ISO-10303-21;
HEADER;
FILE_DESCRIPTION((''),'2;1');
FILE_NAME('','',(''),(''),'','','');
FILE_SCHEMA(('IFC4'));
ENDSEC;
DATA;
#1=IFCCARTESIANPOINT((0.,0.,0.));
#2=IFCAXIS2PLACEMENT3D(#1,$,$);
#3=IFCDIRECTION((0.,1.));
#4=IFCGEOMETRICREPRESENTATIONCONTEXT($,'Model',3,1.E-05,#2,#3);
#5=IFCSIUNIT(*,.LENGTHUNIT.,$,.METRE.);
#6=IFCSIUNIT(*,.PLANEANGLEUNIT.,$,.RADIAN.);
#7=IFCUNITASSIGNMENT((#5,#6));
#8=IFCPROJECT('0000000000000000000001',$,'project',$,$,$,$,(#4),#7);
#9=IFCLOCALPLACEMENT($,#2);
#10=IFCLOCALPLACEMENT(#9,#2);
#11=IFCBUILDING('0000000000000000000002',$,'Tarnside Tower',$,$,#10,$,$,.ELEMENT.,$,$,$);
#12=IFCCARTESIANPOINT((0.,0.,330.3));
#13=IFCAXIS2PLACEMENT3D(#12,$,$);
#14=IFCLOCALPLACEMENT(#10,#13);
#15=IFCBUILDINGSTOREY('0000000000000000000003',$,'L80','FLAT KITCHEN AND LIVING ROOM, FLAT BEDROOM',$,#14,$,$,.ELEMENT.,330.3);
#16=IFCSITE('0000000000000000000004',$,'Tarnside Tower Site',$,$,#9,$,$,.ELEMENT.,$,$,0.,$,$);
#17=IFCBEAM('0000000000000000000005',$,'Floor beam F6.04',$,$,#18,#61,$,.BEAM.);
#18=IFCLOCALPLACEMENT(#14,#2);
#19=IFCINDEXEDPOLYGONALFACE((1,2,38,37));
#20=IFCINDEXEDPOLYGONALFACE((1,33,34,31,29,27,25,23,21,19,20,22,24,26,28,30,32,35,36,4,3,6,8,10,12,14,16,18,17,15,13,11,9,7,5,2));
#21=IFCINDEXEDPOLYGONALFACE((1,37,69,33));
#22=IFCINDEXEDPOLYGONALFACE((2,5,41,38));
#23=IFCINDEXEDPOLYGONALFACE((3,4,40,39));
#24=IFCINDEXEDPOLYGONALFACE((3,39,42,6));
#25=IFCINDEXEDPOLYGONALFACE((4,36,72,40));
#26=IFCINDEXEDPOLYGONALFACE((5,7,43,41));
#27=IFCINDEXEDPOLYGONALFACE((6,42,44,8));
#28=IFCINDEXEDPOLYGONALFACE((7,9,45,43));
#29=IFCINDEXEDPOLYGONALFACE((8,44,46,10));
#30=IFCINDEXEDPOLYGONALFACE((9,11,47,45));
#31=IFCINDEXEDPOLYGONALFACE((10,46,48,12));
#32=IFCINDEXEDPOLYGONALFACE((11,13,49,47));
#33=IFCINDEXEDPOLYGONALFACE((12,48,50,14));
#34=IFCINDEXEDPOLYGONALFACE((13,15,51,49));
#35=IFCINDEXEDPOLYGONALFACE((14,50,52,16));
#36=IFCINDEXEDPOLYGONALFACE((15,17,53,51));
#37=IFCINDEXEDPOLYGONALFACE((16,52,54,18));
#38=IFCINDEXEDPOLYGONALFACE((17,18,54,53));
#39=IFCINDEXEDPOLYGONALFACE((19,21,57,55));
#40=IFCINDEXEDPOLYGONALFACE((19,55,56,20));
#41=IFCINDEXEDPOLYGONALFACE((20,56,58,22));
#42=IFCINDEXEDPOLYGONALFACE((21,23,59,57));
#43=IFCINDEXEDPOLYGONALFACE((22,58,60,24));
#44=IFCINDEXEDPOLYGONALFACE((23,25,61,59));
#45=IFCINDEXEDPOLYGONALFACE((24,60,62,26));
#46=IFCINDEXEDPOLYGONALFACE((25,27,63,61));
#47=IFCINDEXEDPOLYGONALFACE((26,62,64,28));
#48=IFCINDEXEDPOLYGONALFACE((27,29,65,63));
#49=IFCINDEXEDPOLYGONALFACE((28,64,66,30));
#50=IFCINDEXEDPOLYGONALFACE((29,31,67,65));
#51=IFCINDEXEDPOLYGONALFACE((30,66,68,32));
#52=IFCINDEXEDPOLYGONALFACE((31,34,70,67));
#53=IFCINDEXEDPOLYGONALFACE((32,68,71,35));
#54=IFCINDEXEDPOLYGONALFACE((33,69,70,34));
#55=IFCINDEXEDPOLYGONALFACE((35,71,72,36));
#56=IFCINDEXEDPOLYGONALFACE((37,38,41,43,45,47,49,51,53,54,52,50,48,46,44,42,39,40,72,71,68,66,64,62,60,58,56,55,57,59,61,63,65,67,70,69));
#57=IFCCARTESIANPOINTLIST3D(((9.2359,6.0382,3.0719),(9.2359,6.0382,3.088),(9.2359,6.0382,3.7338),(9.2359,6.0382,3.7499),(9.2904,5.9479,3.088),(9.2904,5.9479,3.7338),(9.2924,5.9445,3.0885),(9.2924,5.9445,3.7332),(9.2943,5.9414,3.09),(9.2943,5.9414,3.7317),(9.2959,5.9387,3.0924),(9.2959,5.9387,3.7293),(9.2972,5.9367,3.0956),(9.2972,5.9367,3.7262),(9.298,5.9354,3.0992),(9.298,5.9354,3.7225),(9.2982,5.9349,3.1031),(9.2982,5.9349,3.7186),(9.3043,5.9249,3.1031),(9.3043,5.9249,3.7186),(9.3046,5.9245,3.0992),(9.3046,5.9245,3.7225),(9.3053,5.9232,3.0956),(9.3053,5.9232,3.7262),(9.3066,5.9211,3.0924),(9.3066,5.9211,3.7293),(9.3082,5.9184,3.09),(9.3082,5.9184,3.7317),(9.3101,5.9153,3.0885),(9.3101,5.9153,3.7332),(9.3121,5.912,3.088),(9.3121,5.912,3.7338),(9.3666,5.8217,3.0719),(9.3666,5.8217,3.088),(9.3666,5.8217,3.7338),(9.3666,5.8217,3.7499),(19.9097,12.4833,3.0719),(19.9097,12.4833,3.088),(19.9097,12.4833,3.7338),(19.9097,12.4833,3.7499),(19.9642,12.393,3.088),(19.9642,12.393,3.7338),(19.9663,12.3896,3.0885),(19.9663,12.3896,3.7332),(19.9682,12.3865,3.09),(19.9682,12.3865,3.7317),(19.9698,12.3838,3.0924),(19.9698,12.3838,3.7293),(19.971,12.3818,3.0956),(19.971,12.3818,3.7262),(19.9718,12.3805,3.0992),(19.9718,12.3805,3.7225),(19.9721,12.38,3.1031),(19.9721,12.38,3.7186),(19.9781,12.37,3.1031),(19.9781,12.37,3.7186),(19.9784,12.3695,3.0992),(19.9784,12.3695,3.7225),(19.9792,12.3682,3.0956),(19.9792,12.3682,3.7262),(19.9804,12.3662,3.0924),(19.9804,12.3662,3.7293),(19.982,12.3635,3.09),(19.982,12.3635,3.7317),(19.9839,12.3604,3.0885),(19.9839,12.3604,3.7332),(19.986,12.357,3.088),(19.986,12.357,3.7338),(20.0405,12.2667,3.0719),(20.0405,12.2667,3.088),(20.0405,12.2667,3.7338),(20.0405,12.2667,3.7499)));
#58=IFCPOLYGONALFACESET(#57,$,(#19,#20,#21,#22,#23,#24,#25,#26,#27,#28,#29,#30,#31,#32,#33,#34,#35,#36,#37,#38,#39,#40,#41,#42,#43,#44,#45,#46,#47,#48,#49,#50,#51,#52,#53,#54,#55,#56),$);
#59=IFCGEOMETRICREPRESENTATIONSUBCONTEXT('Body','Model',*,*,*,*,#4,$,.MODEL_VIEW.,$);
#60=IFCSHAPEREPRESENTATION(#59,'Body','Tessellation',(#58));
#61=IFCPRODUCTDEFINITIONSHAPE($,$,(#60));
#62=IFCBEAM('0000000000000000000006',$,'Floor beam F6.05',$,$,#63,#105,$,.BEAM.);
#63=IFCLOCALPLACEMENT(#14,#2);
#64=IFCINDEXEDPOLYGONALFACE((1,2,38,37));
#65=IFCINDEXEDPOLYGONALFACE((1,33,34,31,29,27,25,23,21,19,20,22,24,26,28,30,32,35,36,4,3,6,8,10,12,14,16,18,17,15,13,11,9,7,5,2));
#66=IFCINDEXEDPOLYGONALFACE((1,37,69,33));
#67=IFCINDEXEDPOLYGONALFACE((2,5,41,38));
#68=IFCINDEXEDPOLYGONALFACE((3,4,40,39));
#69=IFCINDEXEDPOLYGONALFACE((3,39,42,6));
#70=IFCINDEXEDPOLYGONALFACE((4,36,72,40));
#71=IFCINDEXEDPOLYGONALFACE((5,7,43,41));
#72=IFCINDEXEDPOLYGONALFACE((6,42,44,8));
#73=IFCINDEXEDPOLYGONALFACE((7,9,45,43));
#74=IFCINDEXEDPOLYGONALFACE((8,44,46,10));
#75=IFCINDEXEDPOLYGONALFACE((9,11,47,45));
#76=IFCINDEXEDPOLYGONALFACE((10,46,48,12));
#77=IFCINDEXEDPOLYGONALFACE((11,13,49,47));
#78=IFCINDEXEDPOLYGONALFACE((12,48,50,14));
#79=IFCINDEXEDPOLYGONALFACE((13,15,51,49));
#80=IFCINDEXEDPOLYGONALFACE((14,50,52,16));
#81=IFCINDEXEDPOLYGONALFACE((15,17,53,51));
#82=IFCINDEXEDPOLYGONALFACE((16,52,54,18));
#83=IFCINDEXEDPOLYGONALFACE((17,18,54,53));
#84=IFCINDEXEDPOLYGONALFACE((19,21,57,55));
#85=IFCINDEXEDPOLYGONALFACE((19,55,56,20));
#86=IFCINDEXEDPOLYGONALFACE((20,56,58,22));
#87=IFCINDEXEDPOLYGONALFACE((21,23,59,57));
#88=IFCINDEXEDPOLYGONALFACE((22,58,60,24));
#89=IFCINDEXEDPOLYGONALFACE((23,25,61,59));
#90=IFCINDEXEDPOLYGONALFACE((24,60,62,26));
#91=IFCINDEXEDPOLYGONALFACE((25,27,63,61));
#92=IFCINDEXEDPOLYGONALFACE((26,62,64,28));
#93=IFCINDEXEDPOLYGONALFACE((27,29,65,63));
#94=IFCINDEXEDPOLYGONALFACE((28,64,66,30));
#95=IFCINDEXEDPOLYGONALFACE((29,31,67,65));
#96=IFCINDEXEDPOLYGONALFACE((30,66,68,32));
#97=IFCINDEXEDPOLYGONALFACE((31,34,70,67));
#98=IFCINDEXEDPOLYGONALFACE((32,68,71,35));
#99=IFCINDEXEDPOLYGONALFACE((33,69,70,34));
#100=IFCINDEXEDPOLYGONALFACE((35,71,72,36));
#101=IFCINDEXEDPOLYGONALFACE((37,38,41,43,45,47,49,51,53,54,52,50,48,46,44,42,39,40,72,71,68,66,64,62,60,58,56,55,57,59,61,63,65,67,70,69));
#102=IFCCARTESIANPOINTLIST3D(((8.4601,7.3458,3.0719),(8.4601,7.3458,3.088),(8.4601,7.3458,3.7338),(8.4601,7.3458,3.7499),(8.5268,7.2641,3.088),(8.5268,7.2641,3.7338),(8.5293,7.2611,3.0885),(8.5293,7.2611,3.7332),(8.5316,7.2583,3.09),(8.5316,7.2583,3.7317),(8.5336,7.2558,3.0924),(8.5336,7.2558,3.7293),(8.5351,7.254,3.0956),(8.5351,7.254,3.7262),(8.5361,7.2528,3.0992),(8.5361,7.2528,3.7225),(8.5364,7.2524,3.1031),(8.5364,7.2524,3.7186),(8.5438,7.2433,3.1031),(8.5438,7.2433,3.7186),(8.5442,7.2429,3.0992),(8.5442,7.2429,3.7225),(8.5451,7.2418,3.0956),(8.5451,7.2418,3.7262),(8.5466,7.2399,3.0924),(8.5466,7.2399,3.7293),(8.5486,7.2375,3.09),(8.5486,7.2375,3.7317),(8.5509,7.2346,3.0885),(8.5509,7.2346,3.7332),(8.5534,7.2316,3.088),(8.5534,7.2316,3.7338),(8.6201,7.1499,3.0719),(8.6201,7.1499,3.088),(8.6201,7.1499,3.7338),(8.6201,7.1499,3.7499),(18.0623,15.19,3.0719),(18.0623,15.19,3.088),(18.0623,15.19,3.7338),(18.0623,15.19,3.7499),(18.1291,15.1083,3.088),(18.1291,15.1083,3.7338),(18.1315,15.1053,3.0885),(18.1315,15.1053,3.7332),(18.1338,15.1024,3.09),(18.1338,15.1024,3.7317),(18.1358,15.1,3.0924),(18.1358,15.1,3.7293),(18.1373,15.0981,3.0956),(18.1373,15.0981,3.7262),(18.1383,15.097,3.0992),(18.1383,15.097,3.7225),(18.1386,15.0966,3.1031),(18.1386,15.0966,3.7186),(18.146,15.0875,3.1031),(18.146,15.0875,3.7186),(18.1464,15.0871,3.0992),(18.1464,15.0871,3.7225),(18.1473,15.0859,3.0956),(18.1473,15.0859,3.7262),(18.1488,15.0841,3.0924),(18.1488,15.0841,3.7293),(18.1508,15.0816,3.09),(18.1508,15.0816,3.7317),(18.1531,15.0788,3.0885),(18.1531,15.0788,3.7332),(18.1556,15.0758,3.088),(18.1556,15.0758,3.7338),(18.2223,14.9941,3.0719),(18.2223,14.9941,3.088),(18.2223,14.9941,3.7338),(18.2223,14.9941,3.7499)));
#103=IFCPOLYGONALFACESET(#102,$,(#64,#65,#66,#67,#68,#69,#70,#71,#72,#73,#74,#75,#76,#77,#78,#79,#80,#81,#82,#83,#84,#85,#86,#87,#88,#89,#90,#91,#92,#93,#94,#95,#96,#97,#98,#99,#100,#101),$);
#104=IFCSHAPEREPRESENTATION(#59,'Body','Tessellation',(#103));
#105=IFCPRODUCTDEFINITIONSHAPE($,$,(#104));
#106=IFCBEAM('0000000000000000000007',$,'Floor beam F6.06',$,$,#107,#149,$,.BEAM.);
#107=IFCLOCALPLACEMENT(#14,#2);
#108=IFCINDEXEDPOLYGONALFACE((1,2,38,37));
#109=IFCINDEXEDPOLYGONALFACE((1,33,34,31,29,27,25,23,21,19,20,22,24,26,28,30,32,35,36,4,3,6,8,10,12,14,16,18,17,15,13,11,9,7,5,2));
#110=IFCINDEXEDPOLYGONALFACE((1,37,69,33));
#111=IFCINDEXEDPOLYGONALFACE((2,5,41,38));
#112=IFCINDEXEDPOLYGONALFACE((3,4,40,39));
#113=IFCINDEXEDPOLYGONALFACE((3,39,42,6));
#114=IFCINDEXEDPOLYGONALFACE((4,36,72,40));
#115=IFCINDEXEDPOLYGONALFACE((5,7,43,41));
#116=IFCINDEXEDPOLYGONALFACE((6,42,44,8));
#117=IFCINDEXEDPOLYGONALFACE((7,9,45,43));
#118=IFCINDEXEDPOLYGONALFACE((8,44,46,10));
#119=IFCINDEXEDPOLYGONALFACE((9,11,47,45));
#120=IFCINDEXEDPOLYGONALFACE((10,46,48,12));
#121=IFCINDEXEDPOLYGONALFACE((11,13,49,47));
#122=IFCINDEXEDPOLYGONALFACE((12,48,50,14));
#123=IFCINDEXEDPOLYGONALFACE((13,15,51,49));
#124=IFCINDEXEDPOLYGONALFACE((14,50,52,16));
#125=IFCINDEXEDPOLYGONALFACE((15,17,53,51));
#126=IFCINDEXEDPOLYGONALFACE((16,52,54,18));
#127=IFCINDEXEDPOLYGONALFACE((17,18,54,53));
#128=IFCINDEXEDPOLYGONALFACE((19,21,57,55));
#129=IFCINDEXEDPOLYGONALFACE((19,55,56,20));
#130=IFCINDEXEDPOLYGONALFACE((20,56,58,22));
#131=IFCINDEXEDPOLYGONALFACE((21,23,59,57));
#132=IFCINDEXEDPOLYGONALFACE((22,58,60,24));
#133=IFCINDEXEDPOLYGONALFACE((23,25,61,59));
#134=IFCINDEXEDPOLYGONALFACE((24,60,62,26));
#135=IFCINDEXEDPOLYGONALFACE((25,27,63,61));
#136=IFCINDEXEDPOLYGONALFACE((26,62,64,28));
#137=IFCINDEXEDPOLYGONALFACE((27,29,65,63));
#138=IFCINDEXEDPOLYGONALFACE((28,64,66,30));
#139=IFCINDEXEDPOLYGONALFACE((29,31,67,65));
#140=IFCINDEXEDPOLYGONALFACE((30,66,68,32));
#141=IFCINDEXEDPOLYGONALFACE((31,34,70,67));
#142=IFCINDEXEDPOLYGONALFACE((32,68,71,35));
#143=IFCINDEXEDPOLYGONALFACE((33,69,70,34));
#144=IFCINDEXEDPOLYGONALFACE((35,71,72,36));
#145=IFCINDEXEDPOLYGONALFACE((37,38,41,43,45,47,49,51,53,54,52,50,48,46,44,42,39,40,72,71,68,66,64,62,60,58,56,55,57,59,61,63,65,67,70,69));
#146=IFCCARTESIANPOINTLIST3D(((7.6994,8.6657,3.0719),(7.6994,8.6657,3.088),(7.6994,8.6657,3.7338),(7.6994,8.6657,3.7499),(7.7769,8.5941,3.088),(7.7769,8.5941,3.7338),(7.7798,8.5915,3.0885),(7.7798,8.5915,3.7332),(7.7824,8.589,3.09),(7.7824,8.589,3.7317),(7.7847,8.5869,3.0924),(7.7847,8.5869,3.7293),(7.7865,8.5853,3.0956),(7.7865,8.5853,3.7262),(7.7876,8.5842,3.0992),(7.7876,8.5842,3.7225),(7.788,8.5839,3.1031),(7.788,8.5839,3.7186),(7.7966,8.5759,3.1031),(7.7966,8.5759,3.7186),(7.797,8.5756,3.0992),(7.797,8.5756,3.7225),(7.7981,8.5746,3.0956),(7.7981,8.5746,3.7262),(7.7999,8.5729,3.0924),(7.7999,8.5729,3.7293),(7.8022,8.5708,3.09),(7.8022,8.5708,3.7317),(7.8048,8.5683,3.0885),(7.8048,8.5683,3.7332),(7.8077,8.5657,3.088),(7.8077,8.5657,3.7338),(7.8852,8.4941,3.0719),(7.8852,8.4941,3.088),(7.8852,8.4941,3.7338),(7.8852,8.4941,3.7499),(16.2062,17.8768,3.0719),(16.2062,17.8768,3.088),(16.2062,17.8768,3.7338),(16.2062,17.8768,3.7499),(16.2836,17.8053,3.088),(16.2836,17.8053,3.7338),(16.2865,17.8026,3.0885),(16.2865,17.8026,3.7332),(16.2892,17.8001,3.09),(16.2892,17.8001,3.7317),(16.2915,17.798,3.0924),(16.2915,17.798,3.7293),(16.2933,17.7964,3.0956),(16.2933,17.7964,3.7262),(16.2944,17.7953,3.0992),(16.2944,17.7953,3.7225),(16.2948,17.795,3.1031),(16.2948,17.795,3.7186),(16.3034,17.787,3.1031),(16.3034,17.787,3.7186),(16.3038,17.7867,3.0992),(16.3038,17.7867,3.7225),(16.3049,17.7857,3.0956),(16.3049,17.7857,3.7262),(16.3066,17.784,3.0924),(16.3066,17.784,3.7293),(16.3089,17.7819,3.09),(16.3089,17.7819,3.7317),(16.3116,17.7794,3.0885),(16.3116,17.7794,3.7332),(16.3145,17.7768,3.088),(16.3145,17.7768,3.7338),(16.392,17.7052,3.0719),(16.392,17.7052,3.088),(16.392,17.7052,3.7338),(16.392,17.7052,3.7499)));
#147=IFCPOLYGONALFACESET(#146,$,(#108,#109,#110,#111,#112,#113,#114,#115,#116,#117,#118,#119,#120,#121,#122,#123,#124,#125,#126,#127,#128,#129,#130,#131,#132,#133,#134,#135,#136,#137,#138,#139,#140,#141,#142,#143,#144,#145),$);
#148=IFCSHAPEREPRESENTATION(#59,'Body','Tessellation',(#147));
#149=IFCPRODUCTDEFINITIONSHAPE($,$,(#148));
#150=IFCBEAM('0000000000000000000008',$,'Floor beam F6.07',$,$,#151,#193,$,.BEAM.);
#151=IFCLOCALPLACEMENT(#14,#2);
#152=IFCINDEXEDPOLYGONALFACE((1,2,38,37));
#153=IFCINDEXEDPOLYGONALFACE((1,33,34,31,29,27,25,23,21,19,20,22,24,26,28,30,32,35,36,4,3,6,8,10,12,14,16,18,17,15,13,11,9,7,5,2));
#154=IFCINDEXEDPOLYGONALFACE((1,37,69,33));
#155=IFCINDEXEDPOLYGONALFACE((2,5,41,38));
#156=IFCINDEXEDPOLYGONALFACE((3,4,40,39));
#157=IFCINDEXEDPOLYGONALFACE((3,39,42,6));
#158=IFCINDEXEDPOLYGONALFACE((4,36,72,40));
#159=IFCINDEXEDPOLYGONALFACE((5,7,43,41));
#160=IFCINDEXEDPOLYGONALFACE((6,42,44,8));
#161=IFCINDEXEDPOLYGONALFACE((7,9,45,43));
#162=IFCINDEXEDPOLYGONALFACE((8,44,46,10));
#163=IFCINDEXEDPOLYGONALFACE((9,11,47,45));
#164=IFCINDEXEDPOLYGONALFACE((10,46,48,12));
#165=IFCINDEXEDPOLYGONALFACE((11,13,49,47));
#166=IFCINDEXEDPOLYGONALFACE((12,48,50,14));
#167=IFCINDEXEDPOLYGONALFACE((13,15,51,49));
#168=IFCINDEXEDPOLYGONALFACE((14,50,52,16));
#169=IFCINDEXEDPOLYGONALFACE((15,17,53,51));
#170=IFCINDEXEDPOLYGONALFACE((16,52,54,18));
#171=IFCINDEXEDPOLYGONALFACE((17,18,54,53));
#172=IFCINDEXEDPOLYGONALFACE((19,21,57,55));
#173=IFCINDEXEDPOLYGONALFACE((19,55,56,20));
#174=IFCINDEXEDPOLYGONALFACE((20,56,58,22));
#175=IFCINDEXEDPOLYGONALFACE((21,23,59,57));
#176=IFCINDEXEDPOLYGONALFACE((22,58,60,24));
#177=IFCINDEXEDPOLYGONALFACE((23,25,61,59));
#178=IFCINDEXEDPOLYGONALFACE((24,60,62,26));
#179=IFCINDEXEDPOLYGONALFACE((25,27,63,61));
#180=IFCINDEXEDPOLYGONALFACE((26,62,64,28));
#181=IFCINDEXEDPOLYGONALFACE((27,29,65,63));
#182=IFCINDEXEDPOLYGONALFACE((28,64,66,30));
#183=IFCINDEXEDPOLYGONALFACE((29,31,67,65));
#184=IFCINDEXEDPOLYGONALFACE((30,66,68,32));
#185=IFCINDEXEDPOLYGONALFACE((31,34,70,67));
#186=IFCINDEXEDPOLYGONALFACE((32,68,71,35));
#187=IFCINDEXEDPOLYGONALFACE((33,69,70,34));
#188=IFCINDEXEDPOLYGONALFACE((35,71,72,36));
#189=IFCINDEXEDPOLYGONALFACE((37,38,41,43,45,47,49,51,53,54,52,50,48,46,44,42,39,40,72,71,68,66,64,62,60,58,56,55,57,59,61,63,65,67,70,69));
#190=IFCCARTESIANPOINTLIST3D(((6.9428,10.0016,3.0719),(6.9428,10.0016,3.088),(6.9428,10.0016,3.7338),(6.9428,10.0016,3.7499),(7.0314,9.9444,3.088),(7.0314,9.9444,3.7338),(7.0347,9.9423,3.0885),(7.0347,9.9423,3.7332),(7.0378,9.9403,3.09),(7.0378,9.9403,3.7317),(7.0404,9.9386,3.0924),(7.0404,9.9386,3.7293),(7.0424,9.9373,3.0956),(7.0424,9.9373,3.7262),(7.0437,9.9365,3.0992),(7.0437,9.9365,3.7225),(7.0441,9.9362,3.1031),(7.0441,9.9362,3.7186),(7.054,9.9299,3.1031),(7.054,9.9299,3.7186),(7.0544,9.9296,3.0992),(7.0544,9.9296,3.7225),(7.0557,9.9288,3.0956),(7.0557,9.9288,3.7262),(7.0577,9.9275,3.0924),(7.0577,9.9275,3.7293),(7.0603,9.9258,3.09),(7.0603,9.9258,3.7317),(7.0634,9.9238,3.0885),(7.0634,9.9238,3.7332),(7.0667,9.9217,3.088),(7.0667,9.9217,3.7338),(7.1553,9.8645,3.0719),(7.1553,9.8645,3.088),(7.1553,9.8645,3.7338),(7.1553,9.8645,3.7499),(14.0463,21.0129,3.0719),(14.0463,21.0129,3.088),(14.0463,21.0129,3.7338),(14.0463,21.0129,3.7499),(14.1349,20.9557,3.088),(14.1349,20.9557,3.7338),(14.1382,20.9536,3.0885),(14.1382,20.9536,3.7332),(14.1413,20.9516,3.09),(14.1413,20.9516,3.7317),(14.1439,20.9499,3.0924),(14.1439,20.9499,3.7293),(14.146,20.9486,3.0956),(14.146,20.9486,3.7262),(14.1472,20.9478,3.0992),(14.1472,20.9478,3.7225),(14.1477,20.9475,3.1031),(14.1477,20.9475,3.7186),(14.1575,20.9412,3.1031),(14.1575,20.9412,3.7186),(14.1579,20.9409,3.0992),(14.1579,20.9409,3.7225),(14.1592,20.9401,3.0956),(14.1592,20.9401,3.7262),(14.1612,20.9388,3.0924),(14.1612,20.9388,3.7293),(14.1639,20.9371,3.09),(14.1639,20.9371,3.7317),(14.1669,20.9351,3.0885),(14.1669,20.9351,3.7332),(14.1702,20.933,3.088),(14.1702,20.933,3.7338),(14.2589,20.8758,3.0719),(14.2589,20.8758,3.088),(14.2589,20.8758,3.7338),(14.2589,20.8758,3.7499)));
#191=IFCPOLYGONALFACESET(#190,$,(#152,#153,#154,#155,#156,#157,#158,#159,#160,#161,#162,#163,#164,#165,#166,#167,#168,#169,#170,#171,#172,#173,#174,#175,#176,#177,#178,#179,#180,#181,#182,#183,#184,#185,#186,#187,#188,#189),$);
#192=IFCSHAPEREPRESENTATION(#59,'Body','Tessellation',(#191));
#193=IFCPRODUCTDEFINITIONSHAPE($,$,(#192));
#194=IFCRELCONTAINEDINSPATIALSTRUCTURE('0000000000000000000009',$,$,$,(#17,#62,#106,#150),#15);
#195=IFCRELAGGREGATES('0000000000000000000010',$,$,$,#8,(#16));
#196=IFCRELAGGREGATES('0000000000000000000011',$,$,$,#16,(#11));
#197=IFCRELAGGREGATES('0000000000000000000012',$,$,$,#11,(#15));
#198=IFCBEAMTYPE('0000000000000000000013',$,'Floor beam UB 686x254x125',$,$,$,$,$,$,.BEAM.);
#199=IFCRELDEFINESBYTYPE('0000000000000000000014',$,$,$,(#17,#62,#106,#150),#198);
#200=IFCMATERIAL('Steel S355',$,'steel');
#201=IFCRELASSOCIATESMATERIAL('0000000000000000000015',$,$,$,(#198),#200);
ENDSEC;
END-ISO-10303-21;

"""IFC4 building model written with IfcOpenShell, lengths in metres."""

from ifc_helpers import new_model, si_unit, direction, frame, origin, origin_2d, place, context, subcontext, project, spatial, i_section, extrude, material, material_profile, profile_set, type_object, element, save


model = new_model("IFC4")

# Units and contexts
model_context = context("Model", 3, precision=1e-05, world=origin(), true_north=direction((0.0, 1.0)))
body_context = subcontext(model_context, "Body", "Model", "MODEL_VIEW")
ifc_project = project(units=[si_unit("LENGTHUNIT", "METRE"), si_unit("PLANEANGLEUNIT", "RADIAN")], contexts=[model_context])

# Site, building, storey
site_placement = place(None, origin())
site = spatial("IfcSite", under=ifc_project, at=site_placement, Name="Tarnside Tower Site", CompositionType="ELEMENT", RefElevation=0.0)
building_placement = place(site_placement, origin())
building = spatial("IfcBuilding", under=site, at=building_placement, Name="Tarnside Tower", CompositionType="ELEMENT")
storey_placement = place(building_placement, frame((0.0, 0.0, 330.3)))
storey = spatial("IfcBuildingStorey", under=building, at=storey_placement, Name="L80", Description="FLAT KITCHEN AND LIVING ROOM, FLAT BEDROOM", CompositionType="ELEMENT", Elevation=330.3)

# Beams
ifc_material_1 = material(Name="Steel S355", Category="steel")
ifc_material_profile_1 = material_profile(ifc_material_1, i_section(OverallWidth=0.2529, OverallDepth=0.678, WebThickness=0.0117, FlangeThickness=0.0161, FilletRadius=0.0151, at=origin_2d()), Name="UB 686x254x125")
ifc_profile_set_1 = profile_set([ifc_material_profile_1], Name="Steel S355")
beam_type_1 = type_object("IfcBeamType", Name="Floor beam UB 686x254x125", PredefinedType="BEAM", material=ifc_profile_set_1)
beam_1_placement = place(storey_placement, frame((19.9751, 12.375, 3.4109), z_axis=(-0.856047, -0.516898, 0.0), x_axis=(0.516898, -0.856047, 0.0)))
element("IfcBeam", 1, at=beam_1_placement, inside=storey, type_object=beam_type_1, Name="Floor beam F6.04", PredefinedType="BEAM", context=body_context, shape_type="SweptSolid", body=[
    extrude(i_section(OverallWidth=0.2529, OverallDepth=0.678, WebThickness=0.0117, FlangeThickness=0.0161, FilletRadius=0.0151, at=origin_2d()), origin(), (0.0, 0.0, 1.0), 12.4688),
])
beam_2_placement = place(storey_placement, frame((18.1423, 15.092, 3.4109), z_axis=(-0.774439, -0.632649, 0.0), x_axis=(0.632649, -0.774439, 0.0)))
element("IfcBeam", 2, at=beam_2_placement, inside=storey, type_object=beam_type_1, Name="Floor beam F6.05", PredefinedType="BEAM", context=body_context, shape_type="SweptSolid", body=[
    extrude(i_section(OverallWidth=0.2529, OverallDepth=0.678, WebThickness=0.0117, FlangeThickness=0.0161, FilletRadius=0.0151, at=origin_2d()), origin(), (0.0, 0.0, 1.0), 12.3989),
])
beam_3_placement = place(storey_placement, frame((16.2991, 17.791, 3.4109), z_axis=(-0.678461, -0.734636, 0.0), x_axis=(0.734636, -0.678461, 0.0)))
element("IfcBeam", 3, at=beam_3_placement, inside=storey, type_object=beam_type_1, Name="Floor beam F6.06", PredefinedType="BEAM", context=body_context, shape_type="SweptSolid", body=[
    extrude(i_section(OverallWidth=0.2529, OverallDepth=0.678, WebThickness=0.0117, FlangeThickness=0.0161, FilletRadius=0.0151, at=origin_2d()), origin(), (0.0, 0.0, 1.0), 12.5383),
])
beam_4_placement = place(storey_placement, frame((14.1526, 20.9443, 3.4109), z_axis=(-0.5421, -0.840314, 0.0), x_axis=(0.840314, -0.5421, 0.0)))
element("IfcBeam", 4, at=beam_4_placement, inside=storey, type_object=beam_type_1, Name="Floor beam F6.07", PredefinedType="BEAM", context=body_context, shape_type="SweptSolid", body=[
    extrude(i_section(OverallWidth=0.2529, OverallDepth=0.678, WebThickness=0.0117, FlangeThickness=0.0161, FilletRadius=0.0151, at=origin_2d()), origin(), (0.0, 0.0, 1.0), 13.1038),
])

save(model, "model.ifc")
